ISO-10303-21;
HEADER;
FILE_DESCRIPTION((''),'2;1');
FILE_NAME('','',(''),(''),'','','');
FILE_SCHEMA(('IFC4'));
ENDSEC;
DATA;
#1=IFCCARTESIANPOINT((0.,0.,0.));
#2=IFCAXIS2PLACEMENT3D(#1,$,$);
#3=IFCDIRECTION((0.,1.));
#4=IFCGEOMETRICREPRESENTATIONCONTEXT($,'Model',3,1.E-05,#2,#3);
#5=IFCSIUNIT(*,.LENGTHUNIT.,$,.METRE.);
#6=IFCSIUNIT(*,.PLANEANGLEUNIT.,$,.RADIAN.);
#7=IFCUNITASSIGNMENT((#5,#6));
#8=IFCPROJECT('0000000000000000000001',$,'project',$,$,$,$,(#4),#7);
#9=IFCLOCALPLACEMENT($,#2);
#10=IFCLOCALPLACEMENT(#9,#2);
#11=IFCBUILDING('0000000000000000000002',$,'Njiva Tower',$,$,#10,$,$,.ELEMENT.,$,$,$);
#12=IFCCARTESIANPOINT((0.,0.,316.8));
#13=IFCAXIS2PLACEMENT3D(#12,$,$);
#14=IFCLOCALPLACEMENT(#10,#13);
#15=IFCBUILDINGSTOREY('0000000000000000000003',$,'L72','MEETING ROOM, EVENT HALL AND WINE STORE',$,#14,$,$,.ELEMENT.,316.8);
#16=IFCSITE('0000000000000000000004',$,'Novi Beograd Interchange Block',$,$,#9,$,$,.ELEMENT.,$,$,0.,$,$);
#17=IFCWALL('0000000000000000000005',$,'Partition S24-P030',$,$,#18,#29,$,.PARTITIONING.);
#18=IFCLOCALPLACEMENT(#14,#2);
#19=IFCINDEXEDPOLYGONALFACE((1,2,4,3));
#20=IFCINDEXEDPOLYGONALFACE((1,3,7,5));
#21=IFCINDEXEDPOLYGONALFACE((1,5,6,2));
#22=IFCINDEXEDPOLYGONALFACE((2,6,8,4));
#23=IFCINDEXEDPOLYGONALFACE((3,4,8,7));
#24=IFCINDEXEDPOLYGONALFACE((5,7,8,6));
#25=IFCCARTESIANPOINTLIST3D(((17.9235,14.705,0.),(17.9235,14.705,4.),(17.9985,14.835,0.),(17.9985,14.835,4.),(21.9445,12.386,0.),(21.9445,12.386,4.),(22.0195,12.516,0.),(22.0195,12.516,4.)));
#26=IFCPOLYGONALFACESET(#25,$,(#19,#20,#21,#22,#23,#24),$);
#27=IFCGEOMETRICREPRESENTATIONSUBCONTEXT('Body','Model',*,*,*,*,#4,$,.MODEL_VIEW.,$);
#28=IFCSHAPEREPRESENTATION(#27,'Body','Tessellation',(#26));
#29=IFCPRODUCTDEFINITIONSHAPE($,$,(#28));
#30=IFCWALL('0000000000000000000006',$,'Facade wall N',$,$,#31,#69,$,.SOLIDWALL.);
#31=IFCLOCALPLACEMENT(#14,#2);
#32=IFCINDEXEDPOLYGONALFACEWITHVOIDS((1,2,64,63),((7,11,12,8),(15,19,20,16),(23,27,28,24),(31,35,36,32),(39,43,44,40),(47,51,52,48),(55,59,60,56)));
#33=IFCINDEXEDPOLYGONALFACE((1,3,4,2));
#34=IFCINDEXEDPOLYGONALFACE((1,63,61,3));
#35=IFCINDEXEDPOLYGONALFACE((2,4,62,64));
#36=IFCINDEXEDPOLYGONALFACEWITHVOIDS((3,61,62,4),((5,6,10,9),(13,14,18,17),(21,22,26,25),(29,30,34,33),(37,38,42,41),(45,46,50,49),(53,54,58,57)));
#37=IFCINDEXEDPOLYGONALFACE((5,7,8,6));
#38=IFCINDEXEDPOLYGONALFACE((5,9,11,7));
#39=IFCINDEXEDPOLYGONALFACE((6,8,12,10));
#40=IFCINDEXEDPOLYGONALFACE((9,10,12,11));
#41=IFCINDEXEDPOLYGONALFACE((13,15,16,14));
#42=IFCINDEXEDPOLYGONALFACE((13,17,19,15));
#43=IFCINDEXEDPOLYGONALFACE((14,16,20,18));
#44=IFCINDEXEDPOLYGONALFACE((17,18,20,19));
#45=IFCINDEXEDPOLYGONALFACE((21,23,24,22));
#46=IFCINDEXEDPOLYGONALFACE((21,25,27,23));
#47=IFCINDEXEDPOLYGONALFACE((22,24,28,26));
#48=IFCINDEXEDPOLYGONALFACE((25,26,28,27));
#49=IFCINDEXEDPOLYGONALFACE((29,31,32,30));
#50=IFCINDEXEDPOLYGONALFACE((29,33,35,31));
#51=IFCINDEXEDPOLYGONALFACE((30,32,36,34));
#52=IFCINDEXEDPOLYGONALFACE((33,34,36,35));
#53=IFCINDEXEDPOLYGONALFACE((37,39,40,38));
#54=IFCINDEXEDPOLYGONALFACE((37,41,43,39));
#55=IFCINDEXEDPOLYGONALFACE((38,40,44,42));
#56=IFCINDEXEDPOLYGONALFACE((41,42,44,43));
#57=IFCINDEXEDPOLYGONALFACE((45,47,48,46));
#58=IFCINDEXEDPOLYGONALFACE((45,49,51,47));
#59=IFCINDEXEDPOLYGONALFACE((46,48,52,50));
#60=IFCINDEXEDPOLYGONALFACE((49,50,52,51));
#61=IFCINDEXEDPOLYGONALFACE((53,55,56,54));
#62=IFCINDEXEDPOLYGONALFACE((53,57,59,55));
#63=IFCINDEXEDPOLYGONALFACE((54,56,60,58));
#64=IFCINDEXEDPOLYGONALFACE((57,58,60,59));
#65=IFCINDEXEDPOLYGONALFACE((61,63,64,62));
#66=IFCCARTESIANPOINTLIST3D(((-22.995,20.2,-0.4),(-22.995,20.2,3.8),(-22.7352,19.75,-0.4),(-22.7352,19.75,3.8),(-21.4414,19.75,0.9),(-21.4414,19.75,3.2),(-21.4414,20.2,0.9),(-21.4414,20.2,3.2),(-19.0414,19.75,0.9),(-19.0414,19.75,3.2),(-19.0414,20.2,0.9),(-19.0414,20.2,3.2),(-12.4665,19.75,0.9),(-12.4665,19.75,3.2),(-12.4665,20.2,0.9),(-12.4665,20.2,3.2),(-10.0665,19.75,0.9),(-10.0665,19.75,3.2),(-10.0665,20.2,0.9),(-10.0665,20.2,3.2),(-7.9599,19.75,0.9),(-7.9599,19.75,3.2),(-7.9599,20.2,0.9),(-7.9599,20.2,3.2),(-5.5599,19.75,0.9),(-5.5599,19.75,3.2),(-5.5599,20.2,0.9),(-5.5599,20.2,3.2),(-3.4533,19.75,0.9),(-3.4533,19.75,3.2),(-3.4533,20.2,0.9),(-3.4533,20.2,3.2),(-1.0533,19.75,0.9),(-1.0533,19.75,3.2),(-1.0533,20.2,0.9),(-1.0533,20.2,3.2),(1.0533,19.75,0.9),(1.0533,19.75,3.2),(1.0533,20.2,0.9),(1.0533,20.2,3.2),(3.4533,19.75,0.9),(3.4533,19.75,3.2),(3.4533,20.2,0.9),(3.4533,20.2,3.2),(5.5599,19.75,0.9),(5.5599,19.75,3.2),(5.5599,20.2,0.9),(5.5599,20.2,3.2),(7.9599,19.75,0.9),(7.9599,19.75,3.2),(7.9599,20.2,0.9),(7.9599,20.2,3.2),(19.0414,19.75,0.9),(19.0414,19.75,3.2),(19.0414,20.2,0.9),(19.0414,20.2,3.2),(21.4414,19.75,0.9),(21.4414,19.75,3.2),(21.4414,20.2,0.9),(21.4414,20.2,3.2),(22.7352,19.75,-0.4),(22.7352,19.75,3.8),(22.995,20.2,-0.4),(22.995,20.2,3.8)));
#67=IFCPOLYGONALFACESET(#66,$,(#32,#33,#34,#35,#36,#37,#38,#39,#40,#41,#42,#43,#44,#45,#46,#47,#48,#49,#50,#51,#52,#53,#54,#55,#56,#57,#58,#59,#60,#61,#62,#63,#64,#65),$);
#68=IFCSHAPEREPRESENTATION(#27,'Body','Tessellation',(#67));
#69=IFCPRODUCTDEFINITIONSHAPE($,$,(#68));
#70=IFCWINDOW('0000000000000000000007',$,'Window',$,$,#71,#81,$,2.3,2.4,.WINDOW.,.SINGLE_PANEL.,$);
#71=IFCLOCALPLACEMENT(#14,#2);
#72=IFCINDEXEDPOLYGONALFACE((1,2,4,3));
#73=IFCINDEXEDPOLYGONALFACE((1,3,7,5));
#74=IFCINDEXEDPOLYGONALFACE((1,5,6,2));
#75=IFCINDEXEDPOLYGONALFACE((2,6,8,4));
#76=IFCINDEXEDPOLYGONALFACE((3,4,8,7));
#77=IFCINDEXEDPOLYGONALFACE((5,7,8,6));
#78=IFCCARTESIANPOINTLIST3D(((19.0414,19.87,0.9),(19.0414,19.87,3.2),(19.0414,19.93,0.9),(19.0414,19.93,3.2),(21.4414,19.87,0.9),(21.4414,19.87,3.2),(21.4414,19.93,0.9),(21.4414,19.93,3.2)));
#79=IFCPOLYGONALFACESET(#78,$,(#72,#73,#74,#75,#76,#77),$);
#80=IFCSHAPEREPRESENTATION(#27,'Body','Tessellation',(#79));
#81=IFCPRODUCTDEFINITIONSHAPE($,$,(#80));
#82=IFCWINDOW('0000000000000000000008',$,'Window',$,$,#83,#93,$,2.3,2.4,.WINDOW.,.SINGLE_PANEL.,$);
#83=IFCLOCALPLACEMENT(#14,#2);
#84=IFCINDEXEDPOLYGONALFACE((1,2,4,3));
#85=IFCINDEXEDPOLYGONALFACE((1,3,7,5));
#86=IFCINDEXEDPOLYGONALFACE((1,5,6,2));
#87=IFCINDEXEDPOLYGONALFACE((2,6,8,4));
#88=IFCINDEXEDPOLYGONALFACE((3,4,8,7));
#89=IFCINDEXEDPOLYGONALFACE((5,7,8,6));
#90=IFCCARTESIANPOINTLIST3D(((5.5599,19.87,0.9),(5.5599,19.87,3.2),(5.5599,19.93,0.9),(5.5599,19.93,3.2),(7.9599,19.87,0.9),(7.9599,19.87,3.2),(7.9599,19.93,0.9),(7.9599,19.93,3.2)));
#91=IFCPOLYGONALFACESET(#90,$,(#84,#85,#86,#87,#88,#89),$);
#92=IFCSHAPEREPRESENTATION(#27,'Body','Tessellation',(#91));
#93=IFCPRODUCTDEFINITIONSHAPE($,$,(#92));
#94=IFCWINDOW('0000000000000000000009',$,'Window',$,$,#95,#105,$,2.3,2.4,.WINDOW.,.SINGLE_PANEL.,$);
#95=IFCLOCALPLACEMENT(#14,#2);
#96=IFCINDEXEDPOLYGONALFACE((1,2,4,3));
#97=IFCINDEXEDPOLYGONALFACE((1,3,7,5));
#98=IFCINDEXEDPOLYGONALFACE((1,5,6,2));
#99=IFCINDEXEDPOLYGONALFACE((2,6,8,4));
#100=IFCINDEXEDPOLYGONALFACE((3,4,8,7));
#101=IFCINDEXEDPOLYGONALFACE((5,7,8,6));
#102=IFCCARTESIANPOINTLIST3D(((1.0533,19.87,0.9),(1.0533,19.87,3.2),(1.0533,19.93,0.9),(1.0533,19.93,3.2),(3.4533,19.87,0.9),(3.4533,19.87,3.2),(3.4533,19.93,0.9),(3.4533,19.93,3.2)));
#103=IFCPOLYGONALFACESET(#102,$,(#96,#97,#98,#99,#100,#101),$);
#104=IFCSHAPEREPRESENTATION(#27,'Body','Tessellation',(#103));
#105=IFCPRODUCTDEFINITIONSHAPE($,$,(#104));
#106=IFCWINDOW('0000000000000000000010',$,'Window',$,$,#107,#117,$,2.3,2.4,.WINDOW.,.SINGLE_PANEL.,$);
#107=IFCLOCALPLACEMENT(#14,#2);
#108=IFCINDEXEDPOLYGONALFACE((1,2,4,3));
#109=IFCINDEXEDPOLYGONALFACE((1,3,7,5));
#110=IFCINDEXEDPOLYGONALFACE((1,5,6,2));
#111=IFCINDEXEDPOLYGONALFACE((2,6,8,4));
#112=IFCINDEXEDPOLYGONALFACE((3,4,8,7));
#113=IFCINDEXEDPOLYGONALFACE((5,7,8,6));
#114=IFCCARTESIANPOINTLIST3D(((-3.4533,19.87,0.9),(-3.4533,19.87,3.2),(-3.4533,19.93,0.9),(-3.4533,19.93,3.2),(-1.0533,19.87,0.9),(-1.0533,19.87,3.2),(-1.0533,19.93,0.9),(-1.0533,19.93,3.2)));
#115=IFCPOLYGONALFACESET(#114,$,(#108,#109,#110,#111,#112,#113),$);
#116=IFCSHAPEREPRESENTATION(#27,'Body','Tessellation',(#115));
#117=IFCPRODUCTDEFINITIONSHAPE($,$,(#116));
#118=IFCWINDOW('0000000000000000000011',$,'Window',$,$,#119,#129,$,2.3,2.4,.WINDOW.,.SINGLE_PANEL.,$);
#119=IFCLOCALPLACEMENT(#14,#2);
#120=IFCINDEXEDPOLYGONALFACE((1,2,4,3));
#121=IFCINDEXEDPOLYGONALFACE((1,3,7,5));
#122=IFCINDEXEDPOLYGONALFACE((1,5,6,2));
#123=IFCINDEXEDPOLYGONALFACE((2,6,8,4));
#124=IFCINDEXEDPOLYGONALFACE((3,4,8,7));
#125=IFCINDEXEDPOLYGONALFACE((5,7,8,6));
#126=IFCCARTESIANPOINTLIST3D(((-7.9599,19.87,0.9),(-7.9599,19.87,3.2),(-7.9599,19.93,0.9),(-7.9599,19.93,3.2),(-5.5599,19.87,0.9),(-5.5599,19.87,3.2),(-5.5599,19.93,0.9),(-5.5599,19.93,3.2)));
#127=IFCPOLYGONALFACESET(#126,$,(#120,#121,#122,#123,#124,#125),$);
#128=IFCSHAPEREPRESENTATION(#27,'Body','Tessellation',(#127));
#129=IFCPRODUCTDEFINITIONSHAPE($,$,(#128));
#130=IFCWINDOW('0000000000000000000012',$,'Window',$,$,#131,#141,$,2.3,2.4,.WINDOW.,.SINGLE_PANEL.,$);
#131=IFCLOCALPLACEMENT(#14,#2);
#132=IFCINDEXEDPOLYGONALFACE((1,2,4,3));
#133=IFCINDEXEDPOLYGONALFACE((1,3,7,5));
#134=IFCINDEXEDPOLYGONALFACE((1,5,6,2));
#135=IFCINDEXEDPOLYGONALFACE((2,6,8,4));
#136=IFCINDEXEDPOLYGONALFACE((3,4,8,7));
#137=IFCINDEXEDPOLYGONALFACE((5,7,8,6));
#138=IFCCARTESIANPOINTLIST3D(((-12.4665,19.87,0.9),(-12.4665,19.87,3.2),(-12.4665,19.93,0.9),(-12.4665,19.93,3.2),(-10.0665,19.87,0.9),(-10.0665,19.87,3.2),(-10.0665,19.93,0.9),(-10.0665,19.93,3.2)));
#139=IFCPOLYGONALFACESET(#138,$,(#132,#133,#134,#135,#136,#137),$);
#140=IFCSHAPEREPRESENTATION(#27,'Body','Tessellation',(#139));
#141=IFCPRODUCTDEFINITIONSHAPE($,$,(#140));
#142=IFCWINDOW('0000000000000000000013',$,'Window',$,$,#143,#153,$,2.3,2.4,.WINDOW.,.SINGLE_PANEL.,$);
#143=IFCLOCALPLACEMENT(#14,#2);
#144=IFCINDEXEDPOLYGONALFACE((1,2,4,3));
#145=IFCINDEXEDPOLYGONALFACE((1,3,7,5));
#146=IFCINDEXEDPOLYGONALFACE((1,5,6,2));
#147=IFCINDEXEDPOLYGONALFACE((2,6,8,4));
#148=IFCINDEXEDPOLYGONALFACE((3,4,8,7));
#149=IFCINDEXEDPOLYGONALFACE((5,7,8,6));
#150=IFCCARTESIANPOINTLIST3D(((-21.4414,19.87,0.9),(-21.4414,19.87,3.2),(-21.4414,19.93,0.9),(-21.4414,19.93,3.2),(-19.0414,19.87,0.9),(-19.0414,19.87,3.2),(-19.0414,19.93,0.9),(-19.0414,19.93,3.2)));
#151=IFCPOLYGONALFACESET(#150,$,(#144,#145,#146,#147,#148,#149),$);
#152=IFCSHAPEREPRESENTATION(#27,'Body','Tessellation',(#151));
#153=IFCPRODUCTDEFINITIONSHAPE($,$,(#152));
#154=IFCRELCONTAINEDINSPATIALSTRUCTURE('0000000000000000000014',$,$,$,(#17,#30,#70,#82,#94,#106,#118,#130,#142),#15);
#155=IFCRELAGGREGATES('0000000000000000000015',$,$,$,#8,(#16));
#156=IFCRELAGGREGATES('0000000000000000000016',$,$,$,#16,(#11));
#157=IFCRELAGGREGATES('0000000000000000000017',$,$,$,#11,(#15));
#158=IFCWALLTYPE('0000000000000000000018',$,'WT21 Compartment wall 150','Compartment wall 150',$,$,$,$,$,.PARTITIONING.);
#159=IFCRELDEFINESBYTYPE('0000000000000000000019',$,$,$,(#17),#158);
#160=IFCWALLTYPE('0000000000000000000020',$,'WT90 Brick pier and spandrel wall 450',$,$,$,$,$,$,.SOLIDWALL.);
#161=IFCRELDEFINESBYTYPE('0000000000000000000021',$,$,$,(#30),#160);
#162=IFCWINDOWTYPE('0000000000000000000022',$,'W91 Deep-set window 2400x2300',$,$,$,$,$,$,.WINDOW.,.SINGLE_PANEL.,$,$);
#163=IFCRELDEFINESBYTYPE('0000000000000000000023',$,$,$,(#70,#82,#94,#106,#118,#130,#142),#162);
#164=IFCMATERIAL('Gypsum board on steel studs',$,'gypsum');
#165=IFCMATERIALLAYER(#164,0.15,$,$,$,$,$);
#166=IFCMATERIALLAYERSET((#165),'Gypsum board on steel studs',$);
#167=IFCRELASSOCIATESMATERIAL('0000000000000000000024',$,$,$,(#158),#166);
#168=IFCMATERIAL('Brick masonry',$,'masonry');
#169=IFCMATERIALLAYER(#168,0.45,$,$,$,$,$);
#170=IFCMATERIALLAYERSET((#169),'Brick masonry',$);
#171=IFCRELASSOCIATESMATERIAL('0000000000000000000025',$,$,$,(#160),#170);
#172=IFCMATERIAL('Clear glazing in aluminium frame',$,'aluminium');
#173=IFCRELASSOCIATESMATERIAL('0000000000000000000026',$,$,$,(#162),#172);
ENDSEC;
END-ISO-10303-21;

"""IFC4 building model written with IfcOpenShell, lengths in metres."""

from ifc_helpers import new_model, si_unit, direction, frame, frame_2d, origin, place, context, subcontext, project, spatial, polyline, rectangle, outline, extrude, material, layer, layer_set, type_object, element, fill, save


model = new_model("IFC4")

# Units and contexts
model_context = context("Model", 3, precision=1e-05, world=origin(), true_north=direction((0.0, 1.0)))
body_context = subcontext(model_context, "Body", "Model", "MODEL_VIEW")
ifc_project = project(units=[si_unit("LENGTHUNIT", "METRE"), si_unit("PLANEANGLEUNIT", "RADIAN")], contexts=[model_context])

# Site, building, storey
site_placement = place(None, origin())
site = spatial("IfcSite", under=ifc_project, at=site_placement, Name="Novi Beograd Interchange Block", CompositionType="ELEMENT", RefElevation=0.0)
building_placement = place(site_placement, origin())
building = spatial("IfcBuilding", under=site, at=building_placement, Name="Njiva Tower", CompositionType="ELEMENT")
storey_placement = place(building_placement, frame((0.0, 0.0, 316.8)))
storey = spatial("IfcBuildingStorey", under=building, at=storey_placement, Name="L72", Description="MEETING ROOM, EVENT HALL AND WINE STORE", CompositionType="ELEMENT", Elevation=316.8)

# Wall
ifc_material_1 = material(Name="Gypsum board on steel studs", Category="gypsum")
ifc_layer_1 = layer(ifc_material_1, 0.15)
ifc_layer_set_1 = layer_set([ifc_layer_1], Name="Gypsum board on steel studs")
wall_type_1 = type_object("IfcWallType", Name="WT21 Compartment wall 150", Description="Compartment wall 150", PredefinedType="PARTITIONING", material=ifc_layer_set_1)
wall_1_placement = place(storey_placement, frame((17.961, 14.77, 0.0), z_axis=(0.0, 0.0, 1.0), x_axis=(0.866261, -0.499592, 0.0)))
element("IfcWall", 1, at=wall_1_placement, inside=storey, type_object=wall_type_1, Name="Partition S24-P030", PredefinedType="PARTITIONING", context=body_context, shape_type="SweptSolid", body=[
    extrude(rectangle(XDim=4.6418, YDim=0.15, at=frame_2d((2.3209, 0.0))), origin(), (0.0, 0.0, 1.0), 4.0),
])

# Wall, openings, windows
ifc_material_2 = material(Name="Brick masonry", Category="masonry")
ifc_layer_2 = layer(ifc_material_2, 0.45)
ifc_layer_set_2 = layer_set([ifc_layer_2], Name="Brick masonry")
wall_type_2 = type_object("IfcWallType", Name="WT90 Brick pier and spandrel wall 450", PredefinedType="SOLIDWALL", material=ifc_layer_set_2)
wall_2_placement = place(storey_placement, frame((22.8651, 19.975, -0.4), z_axis=(0.0, 0.0, 1.0), x_axis=(-1.0, 0.0, 0.0)))
wall_2 = element("IfcWall", 2, at=wall_2_placement, inside=storey, type_object=wall_type_2, Name="Facade wall N", PredefinedType="SOLIDWALL", context=body_context, shape_type="SweptSolid", body=[
    extrude(outline(polyline([(-0.1299, -0.225), (45.8601, -0.225), (45.6003, 0.225), (0.1299, 0.225), (-0.1299, -0.225)])), origin(), (0.0, 0.0, 1.0), 4.2),
])
opening_1_placement = place(wall_2_placement, frame((1.4237, 0.0, 1.3)))
opening_1 = element("IfcOpeningElement", 3, at=opening_1_placement, cuts=wall_2, PredefinedType="OPENING", context=body_context, shape_type="SweptSolid", body=[
    extrude(rectangle(XDim=2.4, YDim=2.3, at=frame_2d((1.2, 1.15))), frame((0.0, 0.235, 0.0), z_axis=(0.0, -1.0, 0.0), x_axis=(1.0, 0.0, 0.0)), (0.0, 0.0, 1.0), 0.47),
])
opening_2_placement = place(wall_2_placement, frame((14.9052, 0.0, 1.3)))
opening_2 = element("IfcOpeningElement", 4, at=opening_2_placement, cuts=wall_2, PredefinedType="OPENING", context=body_context, shape_type="SweptSolid", body=[
    extrude(rectangle(XDim=2.4, YDim=2.3, at=frame_2d((1.2, 1.15))), frame((0.0, 0.235, 0.0), z_axis=(0.0, -1.0, 0.0), x_axis=(1.0, 0.0, 0.0)), (0.0, 0.0, 1.0), 0.47),
])
opening_3_placement = place(wall_2_placement, frame((19.4118, 0.0, 1.3)))
opening_3 = element("IfcOpeningElement", 5, at=opening_3_placement, cuts=wall_2, PredefinedType="OPENING", context=body_context, shape_type="SweptSolid", body=[
    extrude(rectangle(XDim=2.4, YDim=2.3, at=frame_2d((1.2, 1.15))), frame((0.0, 0.235, 0.0), z_axis=(0.0, -1.0, 0.0), x_axis=(1.0, 0.0, 0.0)), (0.0, 0.0, 1.0), 0.47),
])
opening_4_placement = place(wall_2_placement, frame((23.9184, 0.0, 1.3)))
opening_4 = element("IfcOpeningElement", 6, at=opening_4_placement, cuts=wall_2, PredefinedType="OPENING", context=body_context, shape_type="SweptSolid", body=[
    extrude(rectangle(XDim=2.4, YDim=2.3, at=frame_2d((1.2, 1.15))), frame((0.0, 0.235, 0.0), z_axis=(0.0, -1.0, 0.0), x_axis=(1.0, 0.0, 0.0)), (0.0, 0.0, 1.0), 0.47),
])
opening_5_placement = place(wall_2_placement, frame((28.425, 0.0, 1.3)))
opening_5 = element("IfcOpeningElement", 7, at=opening_5_placement, cuts=wall_2, PredefinedType="OPENING", context=body_context, shape_type="SweptSolid", body=[
    extrude(rectangle(XDim=2.4, YDim=2.3, at=frame_2d((1.2, 1.15))), frame((0.0, 0.235, 0.0), z_axis=(0.0, -1.0, 0.0), x_axis=(1.0, 0.0, 0.0)), (0.0, 0.0, 1.0), 0.47),
])
opening_6_placement = place(wall_2_placement, frame((32.9316, 0.0, 1.3)))
opening_6 = element("IfcOpeningElement", 8, at=opening_6_placement, cuts=wall_2, PredefinedType="OPENING", context=body_context, shape_type="SweptSolid", body=[
    extrude(rectangle(XDim=2.4, YDim=2.3, at=frame_2d((1.2, 1.15))), frame((0.0, 0.235, 0.0), z_axis=(0.0, -1.0, 0.0), x_axis=(1.0, 0.0, 0.0)), (0.0, 0.0, 1.0), 0.47),
])
opening_7_placement = place(wall_2_placement, frame((41.9065, 0.0, 1.3)))
opening_7 = element("IfcOpeningElement", 9, at=opening_7_placement, cuts=wall_2, PredefinedType="OPENING", context=body_context, shape_type="SweptSolid", body=[
    extrude(rectangle(XDim=2.4, YDim=2.3, at=frame_2d((1.2, 1.15))), frame((0.0, 0.235, 0.0), z_axis=(0.0, -1.0, 0.0), x_axis=(1.0, 0.0, 0.0)), (0.0, 0.0, 1.0), 0.47),
])
ifc_material_3 = material(Name="Clear glazing in aluminium frame", Category="aluminium")
window_type_1 = type_object("IfcWindowType", Name="W91 Deep-set window 2400x2300", PartitioningType="SINGLE_PANEL", PredefinedType="WINDOW", material=ifc_material_3)
window_1_placement = place(opening_1_placement, origin())
window_1 = element("IfcWindow", 10, at=window_1_placement, inside=storey, type_object=window_type_1, Name="Window", OverallHeight=2.3, OverallWidth=2.4, PartitioningType="SINGLE_PANEL", PredefinedType="WINDOW", context=body_context, shape_type="SweptSolid", body=[
    extrude(rectangle(XDim=2.4, YDim=2.3, at=frame_2d((1.2, 1.15))), frame((0.0, 0.105, 0.0), z_axis=(0.0, -1.0, 0.0), x_axis=(1.0, 0.0, 0.0)), (0.0, 0.0, 1.0), 0.06),
])
fill(opening_1, window_1)
window_2_placement = place(opening_2_placement, origin())
window_2 = element("IfcWindow", 11, at=window_2_placement, inside=storey, type_object=window_type_1, Name="Window", OverallHeight=2.3, OverallWidth=2.4, PartitioningType="SINGLE_PANEL", PredefinedType="WINDOW", context=body_context, shape_type="SweptSolid", body=[
    extrude(rectangle(XDim=2.4, YDim=2.3, at=frame_2d((1.2, 1.15))), frame((0.0, 0.105, 0.0), z_axis=(0.0, -1.0, 0.0), x_axis=(1.0, 0.0, 0.0)), (0.0, 0.0, 1.0), 0.06),
])
fill(opening_2, window_2)
window_3_placement = place(opening_3_placement, origin())
window_3 = element("IfcWindow", 12, at=window_3_placement, inside=storey, type_object=window_type_1, Name="Window", OverallHeight=2.3, OverallWidth=2.4, PartitioningType="SINGLE_PANEL", PredefinedType="WINDOW", context=body_context, shape_type="SweptSolid", body=[
    extrude(rectangle(XDim=2.4, YDim=2.3, at=frame_2d((1.2, 1.15))), frame((0.0, 0.105, 0.0), z_axis=(0.0, -1.0, 0.0), x_axis=(1.0, 0.0, 0.0)), (0.0, 0.0, 1.0), 0.06),
])
fill(opening_3, window_3)
window_4_placement = place(opening_4_placement, origin())
window_4 = element("IfcWindow", 13, at=window_4_placement, inside=storey, type_object=window_type_1, Name="Window", OverallHeight=2.3, OverallWidth=2.4, PartitioningType="SINGLE_PANEL", PredefinedType="WINDOW", context=body_context, shape_type="SweptSolid", body=[
    extrude(rectangle(XDim=2.4, YDim=2.3, at=frame_2d((1.2, 1.15))), frame((0.0, 0.105, 0.0), z_axis=(0.0, -1.0, 0.0), x_axis=(1.0, 0.0, 0.0)), (0.0, 0.0, 1.0), 0.06),
])
fill(opening_4, window_4)
window_5_placement = place(opening_5_placement, origin())
window_5 = element("IfcWindow", 14, at=window_5_placement, inside=storey, type_object=window_type_1, Name="Window", OverallHeight=2.3, OverallWidth=2.4, PartitioningType="SINGLE_PANEL", PredefinedType="WINDOW", context=body_context, shape_type="SweptSolid", body=[
    extrude(rectangle(XDim=2.4, YDim=2.3, at=frame_2d((1.2, 1.15))), frame((0.0, 0.105, 0.0), z_axis=(0.0, -1.0, 0.0), x_axis=(1.0, 0.0, 0.0)), (0.0, 0.0, 1.0), 0.06),
])
fill(opening_5, window_5)
window_6_placement = place(opening_6_placement, origin())
window_6 = element("IfcWindow", 15, at=window_6_placement, inside=storey, type_object=window_type_1, Name="Window", OverallHeight=2.3, OverallWidth=2.4, PartitioningType="SINGLE_PANEL", PredefinedType="WINDOW", context=body_context, shape_type="SweptSolid", body=[
    extrude(rectangle(XDim=2.4, YDim=2.3, at=frame_2d((1.2, 1.15))), frame((0.0, 0.105, 0.0), z_axis=(0.0, -1.0, 0.0), x_axis=(1.0, 0.0, 0.0)), (0.0, 0.0, 1.0), 0.06),
])
fill(opening_6, window_6)
window_7_placement = place(opening_7_placement, origin())
window_7 = element("IfcWindow", 16, at=window_7_placement, inside=storey, type_object=window_type_1, Name="Window", OverallHeight=2.3, OverallWidth=2.4, PartitioningType="SINGLE_PANEL", PredefinedType="WINDOW", context=body_context, shape_type="SweptSolid", body=[
    extrude(rectangle(XDim=2.4, YDim=2.3, at=frame_2d((1.2, 1.15))), frame((0.0, 0.105, 0.0), z_axis=(0.0, -1.0, 0.0), x_axis=(1.0, 0.0, 0.0)), (0.0, 0.0, 1.0), 0.06),
])
fill(opening_7, window_7)

save(model, "model.ifc")
